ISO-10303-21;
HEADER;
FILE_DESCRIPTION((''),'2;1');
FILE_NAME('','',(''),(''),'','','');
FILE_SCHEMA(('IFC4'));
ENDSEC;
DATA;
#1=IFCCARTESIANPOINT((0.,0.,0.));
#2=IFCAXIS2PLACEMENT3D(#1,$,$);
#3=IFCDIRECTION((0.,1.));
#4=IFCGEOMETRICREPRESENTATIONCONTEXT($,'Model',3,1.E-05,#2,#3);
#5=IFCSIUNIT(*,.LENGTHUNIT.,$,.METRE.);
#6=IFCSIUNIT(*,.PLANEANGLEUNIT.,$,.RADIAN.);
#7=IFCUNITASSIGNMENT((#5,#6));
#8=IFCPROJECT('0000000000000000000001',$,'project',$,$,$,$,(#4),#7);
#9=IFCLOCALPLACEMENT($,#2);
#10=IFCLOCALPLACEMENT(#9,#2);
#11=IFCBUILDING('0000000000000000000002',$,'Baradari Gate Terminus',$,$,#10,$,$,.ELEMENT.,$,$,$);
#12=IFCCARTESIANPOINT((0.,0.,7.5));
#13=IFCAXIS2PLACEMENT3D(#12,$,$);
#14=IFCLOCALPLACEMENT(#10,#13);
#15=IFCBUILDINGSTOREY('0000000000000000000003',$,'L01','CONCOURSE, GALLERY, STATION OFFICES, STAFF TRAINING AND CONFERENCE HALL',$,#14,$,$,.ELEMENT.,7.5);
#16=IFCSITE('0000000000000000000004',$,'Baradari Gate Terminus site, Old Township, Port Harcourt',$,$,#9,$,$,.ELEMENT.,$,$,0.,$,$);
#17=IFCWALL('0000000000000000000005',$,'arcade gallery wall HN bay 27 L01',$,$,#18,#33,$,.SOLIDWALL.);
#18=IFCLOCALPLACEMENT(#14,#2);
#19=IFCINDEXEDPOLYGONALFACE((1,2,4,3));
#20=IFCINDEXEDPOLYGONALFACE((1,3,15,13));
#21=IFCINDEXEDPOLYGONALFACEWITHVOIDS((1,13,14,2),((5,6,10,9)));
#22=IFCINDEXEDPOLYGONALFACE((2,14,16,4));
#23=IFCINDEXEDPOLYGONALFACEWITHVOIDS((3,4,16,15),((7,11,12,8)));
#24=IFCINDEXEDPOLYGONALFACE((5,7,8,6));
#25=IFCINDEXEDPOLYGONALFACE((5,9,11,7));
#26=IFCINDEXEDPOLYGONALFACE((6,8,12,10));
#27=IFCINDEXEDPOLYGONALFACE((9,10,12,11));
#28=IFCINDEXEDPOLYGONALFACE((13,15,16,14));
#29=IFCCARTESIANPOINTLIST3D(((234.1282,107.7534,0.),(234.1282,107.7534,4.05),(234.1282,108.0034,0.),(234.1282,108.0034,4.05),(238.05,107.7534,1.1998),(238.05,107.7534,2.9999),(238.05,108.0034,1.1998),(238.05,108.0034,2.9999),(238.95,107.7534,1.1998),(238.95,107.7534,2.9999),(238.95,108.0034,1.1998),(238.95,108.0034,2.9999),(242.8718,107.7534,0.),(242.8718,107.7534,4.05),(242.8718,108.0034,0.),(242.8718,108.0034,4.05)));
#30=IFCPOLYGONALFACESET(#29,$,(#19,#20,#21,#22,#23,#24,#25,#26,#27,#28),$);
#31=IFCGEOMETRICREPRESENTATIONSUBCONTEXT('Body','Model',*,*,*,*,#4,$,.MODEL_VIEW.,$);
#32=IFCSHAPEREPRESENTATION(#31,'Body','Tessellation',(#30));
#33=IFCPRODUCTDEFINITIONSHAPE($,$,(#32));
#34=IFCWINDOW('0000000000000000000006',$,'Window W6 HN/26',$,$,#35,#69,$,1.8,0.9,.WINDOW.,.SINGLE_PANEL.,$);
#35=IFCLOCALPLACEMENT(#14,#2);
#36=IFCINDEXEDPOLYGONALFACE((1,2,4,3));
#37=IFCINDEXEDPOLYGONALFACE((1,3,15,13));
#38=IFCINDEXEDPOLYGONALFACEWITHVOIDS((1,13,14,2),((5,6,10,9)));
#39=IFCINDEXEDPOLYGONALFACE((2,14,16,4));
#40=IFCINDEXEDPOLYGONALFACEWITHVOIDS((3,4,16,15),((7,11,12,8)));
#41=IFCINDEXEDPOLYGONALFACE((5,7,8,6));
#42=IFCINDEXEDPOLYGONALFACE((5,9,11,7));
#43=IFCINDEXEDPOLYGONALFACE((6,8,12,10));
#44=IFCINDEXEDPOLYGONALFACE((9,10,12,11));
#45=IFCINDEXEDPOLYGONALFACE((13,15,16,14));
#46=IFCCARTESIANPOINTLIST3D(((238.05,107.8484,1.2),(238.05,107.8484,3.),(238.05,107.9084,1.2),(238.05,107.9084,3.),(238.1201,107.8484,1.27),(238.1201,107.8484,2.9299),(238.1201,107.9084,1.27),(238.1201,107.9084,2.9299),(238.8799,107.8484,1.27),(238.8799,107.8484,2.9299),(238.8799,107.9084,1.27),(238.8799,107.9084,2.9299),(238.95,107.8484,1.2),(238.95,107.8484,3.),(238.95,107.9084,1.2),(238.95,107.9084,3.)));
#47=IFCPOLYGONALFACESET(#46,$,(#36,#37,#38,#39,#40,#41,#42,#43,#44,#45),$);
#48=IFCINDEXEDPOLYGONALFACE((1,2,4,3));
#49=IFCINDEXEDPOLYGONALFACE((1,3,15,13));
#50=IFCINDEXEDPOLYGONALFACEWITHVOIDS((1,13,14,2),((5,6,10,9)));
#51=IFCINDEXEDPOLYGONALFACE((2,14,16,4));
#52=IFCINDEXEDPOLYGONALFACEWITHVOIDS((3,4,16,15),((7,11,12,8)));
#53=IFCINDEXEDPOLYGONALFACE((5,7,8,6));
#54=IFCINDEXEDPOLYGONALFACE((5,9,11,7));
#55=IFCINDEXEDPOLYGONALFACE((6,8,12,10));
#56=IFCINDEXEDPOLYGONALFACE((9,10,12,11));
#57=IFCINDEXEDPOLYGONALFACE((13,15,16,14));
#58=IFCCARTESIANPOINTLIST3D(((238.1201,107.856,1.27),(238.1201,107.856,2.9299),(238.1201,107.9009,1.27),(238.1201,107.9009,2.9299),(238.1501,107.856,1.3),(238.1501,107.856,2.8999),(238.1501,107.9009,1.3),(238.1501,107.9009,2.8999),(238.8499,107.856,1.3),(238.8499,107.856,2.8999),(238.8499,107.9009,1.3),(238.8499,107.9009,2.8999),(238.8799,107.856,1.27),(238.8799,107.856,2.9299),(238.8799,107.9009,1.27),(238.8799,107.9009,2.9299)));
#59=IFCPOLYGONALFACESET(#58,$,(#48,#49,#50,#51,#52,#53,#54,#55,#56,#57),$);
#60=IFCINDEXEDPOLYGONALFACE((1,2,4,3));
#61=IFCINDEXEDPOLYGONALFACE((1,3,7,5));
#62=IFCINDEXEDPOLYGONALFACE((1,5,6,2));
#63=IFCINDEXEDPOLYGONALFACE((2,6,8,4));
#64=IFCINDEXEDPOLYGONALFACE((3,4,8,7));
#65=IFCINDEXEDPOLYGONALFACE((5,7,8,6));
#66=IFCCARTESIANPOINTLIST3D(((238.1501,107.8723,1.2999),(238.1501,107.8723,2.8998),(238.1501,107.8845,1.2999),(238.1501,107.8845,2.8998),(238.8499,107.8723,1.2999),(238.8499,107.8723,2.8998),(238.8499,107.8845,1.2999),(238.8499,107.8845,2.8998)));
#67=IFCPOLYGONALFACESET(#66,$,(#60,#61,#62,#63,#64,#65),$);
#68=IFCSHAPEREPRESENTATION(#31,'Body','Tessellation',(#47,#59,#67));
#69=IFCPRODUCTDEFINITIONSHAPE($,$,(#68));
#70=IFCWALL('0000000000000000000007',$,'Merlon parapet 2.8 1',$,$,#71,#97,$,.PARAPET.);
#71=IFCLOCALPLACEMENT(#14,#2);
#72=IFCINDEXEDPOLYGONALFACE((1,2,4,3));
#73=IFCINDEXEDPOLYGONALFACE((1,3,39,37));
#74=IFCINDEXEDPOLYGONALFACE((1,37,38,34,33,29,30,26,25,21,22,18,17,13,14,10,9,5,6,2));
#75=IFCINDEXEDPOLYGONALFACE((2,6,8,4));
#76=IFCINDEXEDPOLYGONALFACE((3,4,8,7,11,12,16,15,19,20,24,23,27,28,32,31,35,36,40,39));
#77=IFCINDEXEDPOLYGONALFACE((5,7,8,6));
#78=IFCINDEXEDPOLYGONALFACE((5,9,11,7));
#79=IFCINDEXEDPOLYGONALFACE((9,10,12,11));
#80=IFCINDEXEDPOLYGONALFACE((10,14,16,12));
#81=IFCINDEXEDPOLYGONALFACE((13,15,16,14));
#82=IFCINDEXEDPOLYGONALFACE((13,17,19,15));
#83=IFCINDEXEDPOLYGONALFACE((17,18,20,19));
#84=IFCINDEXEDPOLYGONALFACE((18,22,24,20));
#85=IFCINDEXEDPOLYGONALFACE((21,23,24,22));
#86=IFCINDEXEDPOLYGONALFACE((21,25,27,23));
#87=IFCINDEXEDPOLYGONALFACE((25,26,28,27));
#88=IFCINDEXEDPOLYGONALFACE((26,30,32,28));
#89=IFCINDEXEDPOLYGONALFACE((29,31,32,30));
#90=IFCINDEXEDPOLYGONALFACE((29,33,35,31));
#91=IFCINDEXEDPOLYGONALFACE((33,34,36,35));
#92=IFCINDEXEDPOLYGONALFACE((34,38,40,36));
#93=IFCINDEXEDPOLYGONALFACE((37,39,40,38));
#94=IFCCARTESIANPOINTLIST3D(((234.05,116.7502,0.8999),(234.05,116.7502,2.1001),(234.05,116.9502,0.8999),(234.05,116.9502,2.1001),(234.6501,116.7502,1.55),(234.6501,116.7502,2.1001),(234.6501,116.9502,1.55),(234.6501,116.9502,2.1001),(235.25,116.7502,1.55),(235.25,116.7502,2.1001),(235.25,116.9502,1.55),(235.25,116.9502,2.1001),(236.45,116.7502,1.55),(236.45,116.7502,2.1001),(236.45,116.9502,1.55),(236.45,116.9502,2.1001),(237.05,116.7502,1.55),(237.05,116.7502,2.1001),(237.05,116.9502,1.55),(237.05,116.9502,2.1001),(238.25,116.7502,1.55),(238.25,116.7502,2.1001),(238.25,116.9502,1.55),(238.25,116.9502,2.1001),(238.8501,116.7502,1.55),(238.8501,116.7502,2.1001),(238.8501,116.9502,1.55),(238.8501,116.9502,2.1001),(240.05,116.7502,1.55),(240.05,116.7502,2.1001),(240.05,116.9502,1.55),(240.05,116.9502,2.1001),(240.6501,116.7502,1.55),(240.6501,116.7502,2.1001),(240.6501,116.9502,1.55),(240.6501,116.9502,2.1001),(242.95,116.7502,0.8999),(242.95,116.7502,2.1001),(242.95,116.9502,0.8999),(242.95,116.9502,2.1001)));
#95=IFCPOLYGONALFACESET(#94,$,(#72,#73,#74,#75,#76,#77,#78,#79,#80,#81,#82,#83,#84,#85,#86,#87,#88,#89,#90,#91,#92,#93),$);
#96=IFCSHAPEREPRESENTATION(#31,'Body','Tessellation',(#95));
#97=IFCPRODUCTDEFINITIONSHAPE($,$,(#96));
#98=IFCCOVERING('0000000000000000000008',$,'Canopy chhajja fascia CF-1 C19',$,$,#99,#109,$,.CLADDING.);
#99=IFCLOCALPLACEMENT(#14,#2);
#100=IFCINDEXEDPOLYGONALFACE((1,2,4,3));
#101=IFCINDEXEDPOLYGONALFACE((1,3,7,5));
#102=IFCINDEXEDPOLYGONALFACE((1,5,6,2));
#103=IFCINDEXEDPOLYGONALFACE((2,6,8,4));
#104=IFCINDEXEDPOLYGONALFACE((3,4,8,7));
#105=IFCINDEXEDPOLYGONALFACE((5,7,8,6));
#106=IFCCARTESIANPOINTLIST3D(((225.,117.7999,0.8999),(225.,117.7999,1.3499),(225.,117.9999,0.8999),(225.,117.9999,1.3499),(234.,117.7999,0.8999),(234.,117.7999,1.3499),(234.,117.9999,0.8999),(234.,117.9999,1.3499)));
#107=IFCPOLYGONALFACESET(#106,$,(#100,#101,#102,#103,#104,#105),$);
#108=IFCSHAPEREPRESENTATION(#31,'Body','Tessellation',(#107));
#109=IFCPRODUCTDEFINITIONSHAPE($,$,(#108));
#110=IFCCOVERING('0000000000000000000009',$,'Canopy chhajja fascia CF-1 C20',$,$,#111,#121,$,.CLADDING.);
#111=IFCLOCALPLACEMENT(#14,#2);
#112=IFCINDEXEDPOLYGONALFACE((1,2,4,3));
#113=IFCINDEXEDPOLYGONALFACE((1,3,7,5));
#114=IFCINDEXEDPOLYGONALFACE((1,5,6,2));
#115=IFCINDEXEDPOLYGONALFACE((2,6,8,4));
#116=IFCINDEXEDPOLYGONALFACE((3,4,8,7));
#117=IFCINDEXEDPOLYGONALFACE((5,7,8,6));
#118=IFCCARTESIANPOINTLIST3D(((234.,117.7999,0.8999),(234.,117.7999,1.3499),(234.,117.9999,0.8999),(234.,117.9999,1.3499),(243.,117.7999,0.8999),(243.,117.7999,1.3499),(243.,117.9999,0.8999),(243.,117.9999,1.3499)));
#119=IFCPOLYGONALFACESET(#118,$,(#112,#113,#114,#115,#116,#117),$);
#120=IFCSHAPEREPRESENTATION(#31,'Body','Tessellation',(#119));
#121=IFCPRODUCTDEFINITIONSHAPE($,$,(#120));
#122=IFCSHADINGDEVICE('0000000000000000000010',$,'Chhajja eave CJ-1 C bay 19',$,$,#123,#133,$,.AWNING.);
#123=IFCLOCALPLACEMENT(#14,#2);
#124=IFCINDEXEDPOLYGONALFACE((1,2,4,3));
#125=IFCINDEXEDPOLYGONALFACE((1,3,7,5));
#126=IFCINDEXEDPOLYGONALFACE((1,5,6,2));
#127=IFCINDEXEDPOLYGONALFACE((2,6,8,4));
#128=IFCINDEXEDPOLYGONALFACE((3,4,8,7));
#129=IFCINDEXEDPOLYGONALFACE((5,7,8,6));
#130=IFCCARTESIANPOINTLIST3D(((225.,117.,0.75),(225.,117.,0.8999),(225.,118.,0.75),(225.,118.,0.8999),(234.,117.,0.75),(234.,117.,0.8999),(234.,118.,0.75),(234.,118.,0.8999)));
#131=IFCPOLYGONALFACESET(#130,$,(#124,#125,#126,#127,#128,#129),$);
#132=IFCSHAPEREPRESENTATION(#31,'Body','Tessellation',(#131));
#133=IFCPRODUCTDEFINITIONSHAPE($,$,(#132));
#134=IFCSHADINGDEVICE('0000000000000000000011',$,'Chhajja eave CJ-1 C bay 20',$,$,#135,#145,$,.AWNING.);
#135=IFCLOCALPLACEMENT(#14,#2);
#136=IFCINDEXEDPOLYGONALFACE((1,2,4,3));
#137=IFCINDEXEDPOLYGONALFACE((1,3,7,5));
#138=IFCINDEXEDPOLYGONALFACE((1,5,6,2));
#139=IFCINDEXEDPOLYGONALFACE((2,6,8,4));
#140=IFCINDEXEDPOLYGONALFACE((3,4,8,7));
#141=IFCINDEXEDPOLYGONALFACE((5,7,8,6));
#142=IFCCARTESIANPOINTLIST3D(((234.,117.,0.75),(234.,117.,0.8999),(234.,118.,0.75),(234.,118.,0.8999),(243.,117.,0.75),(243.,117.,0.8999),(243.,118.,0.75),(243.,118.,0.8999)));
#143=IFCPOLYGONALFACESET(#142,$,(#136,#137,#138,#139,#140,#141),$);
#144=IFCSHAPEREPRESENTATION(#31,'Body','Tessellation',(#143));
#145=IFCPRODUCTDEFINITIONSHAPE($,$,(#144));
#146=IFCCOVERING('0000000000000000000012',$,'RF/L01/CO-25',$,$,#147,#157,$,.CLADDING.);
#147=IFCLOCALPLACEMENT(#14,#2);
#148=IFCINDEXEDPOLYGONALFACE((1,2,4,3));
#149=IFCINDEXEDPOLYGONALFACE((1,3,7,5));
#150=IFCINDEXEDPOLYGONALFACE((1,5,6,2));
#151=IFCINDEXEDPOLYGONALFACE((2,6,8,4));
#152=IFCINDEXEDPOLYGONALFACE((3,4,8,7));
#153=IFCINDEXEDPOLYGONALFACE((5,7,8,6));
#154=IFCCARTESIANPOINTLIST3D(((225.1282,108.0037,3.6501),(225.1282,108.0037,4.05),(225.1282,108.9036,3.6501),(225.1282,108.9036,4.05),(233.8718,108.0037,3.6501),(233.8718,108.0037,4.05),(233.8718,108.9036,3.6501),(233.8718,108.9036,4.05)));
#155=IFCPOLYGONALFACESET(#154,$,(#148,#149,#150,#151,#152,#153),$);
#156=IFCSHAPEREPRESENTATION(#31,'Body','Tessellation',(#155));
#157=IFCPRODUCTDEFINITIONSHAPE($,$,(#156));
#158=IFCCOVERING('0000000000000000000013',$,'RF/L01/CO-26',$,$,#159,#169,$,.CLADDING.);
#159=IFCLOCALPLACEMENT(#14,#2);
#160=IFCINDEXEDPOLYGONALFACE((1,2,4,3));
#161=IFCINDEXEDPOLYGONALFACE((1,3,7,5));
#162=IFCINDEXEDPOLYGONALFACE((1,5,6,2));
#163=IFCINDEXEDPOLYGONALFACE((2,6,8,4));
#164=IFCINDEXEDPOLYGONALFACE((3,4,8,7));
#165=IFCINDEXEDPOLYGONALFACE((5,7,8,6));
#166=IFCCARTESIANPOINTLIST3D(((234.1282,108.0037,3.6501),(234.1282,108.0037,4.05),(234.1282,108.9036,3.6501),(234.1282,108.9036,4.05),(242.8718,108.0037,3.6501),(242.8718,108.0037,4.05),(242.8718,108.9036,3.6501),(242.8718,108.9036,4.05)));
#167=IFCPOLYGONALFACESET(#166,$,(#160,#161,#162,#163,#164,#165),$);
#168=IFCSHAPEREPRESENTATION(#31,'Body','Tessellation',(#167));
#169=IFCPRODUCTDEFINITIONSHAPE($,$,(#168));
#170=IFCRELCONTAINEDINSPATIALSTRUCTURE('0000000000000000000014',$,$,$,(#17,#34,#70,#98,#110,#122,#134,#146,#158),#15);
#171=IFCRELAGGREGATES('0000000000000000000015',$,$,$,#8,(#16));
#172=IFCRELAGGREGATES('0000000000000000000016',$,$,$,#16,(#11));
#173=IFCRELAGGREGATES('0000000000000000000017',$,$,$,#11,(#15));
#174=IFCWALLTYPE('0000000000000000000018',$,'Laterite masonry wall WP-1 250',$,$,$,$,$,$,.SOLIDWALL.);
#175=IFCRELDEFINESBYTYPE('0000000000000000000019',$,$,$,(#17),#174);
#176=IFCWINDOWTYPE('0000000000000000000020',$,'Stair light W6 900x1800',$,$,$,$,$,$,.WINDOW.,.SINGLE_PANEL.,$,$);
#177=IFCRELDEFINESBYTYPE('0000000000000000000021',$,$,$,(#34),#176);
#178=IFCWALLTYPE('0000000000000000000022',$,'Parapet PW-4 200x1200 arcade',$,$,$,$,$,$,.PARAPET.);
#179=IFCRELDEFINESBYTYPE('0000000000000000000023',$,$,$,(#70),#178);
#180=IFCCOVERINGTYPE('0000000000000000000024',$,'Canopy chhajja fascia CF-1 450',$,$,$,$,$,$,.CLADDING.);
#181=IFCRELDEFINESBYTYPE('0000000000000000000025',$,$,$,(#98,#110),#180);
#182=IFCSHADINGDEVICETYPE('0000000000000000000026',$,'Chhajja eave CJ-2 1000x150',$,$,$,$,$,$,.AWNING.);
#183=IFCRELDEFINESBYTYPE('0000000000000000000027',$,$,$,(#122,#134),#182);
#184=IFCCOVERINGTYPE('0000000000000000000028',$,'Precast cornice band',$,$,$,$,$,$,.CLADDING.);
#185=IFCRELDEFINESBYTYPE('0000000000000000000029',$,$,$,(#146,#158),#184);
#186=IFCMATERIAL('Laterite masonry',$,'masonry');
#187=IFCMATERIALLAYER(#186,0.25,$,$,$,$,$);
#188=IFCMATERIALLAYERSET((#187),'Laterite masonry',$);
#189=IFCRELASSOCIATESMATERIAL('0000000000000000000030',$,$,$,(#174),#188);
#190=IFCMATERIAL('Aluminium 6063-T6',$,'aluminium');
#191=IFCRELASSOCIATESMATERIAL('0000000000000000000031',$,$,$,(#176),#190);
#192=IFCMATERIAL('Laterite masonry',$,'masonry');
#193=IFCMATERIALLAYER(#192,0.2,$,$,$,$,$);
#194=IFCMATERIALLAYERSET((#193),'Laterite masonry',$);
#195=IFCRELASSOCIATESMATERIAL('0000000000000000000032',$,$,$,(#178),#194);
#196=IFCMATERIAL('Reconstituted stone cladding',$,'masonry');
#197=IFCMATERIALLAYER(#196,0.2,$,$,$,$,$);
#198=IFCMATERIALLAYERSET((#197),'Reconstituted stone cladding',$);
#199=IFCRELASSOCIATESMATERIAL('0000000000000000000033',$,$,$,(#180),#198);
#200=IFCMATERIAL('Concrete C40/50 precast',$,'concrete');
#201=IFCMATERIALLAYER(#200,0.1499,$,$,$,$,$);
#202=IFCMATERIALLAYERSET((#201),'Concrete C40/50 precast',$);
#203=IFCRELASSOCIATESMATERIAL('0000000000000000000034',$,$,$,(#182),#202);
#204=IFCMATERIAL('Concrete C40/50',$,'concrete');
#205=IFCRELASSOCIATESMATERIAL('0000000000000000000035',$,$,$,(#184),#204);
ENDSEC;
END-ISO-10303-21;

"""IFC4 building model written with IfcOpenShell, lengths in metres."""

from ifc_helpers import new_model, si_unit, direction, frame, frame_2d, origin, origin_2d, place, context, subcontext, project, spatial, polyline, rectangle, outline, extrude, material, layer, layer_set, type_object, element, fill, save


model = new_model("IFC4")

# Units and contexts
model_context = context("Model", 3, precision=1e-05, world=origin(), true_north=direction((0.0, 1.0)))
body_context = subcontext(model_context, "Body", "Model", "MODEL_VIEW")
ifc_project = project(units=[si_unit("LENGTHUNIT", "METRE"), si_unit("PLANEANGLEUNIT", "RADIAN")], contexts=[model_context])

# Site, building, storey
site_placement = place(None, origin())
site = spatial("IfcSite", under=ifc_project, at=site_placement, Name="Baradari Gate Terminus site, Old Township, Port Harcourt", CompositionType="ELEMENT", RefElevation=0.0)
building_placement = place(site_placement, origin())
building = spatial("IfcBuilding", under=site, at=building_placement, Name="Baradari Gate Terminus", CompositionType="ELEMENT")
storey_placement = place(building_placement, frame((0.0, 0.0, 7.5)))
storey = spatial("IfcBuildingStorey", under=building, at=storey_placement, Name="L01", Description="CONCOURSE, GALLERY, STATION OFFICES, STAFF TRAINING AND CONFERENCE HALL", CompositionType="ELEMENT", Elevation=7.5)

# Wall, opening, window
ifc_material_1 = material(Name="Laterite masonry", Category="masonry")
ifc_layer_1 = layer(ifc_material_1, 0.25)
ifc_layer_set_1 = layer_set([ifc_layer_1], Name="Laterite masonry")
wall_type_1 = type_object("IfcWallType", Name="Laterite masonry wall WP-1 250", PredefinedType="SOLIDWALL", material=ifc_layer_set_1)
wall_1_placement = place(storey_placement, frame((234.1282, 107.8784, 0.0), z_axis=(0.0, 0.0, 1.0), x_axis=(1.0, 0.0, 0.0)))
wall_1 = element("IfcWall", 1, at=wall_1_placement, inside=storey, type_object=wall_type_1, Name="arcade gallery wall HN bay 27 L01", PredefinedType="SOLIDWALL", context=body_context, shape_type="SweptSolid", body=[
    extrude(rectangle(XDim=8.7437, YDim=0.25, at=frame_2d((4.3718, 0.0))), origin(), (0.0, 0.0, 1.0), 4.05),
])
opening_placement = place(wall_1_placement, frame((3.9219, 0.0, 1.2)))
opening = element("IfcOpeningElement", 2, at=opening_placement, cuts=wall_1, PredefinedType="OPENING", context=body_context, shape_type="SweptSolid", body=[
    extrude(rectangle(XDim=0.8999, YDim=1.8, at=frame_2d((0.45, 0.8999))), frame((0.0, 0.135, 0.0), z_axis=(0.0, -1.0, 0.0), x_axis=(1.0, 0.0, 0.0)), (0.0, 0.0, 1.0), 0.27),
])
ifc_material_2 = material(Name="Aluminium 6063-T6", Category="aluminium")
window_type = type_object("IfcWindowType", Name="Stair light W6 900x1800", PartitioningType="SINGLE_PANEL", PredefinedType="WINDOW", material=ifc_material_2)
window_placement = place(opening_placement, origin())
window = element("IfcWindow", 3, at=window_placement, inside=storey, type_object=window_type, Name="Window W6 HN/26", OverallHeight=1.8, OverallWidth=0.9, PartitioningType="SINGLE_PANEL", PredefinedType="WINDOW", context=body_context, shape_type="SweptSolid", body=[
    extrude(outline(polyline([(0.0, 0.0), (0.8999, 0.0), (0.8999, 1.8), (0.0, 1.8), (0.0, 0.0)]), holes=[polyline([(0.0701, 0.0701), (0.8298, 0.0701), (0.8298, 1.73), (0.0701, 1.73), (0.0701, 0.0701)])]), frame((0.0, 0.03, 0.0), z_axis=(0.0, -1.0, 0.0), x_axis=(1.0, 0.0, 0.0)), (0.0, 0.0, 1.0), 0.0601),
    extrude(outline(polyline([(0.0701, 0.0701), (0.8298, 0.0701), (0.8298, 1.73), (0.0701, 1.73), (0.0701, 0.0701)]), holes=[polyline([(0.1001, 0.1001), (0.7998, 0.1001), (0.7998, 1.7), (0.1001, 1.7), (0.1001, 0.1001)])]), frame((0.0, 0.0225, 0.0), z_axis=(0.0, -1.0, 0.0), x_axis=(1.0, 0.0, 0.0)), (0.0, 0.0, 1.0), 0.0449),
    extrude(rectangle(XDim=0.6997, YDim=1.5999, at=frame_2d((0.45, 0.8999))), frame((0.0, 0.0061, 0.0), z_axis=(0.0, -1.0, 0.0), x_axis=(1.0, 0.0, 0.0)), (0.0, 0.0, 1.0), 0.0122),
])
fill(opening, window)

# Wall
ifc_material_3 = material(Name="Laterite masonry", Category="masonry")
ifc_layer_2 = layer(ifc_material_3, 0.2)
ifc_layer_set_2 = layer_set([ifc_layer_2], Name="Laterite masonry")
wall_type_2 = type_object("IfcWallType", Name="Parapet PW-4 200x1200 arcade", PredefinedType="PARAPET", material=ifc_layer_set_2)
wall_2_placement = place(storey_placement, frame((234.05, 116.8501, 0.8999), z_axis=(0.0, 0.0, 1.0), x_axis=(1.0, 0.0, 0.0)))
element("IfcWall", 4, at=wall_2_placement, inside=storey, type_object=wall_type_2, Name="Merlon parapet 2.8 1", PredefinedType="PARAPET", context=body_context, shape_type="SweptSolid", body=[
    extrude(outline(polyline([(6.6001, 1.2002), (6.6001, 0.6501), (6.0, 0.6501), (6.0, 1.2002), (4.8, 1.2002), (4.8, 0.6501), (4.2, 0.6501), (4.2, 1.2002), (3.0, 1.2002), (3.0, 0.6501), (2.3999, 0.6501), (2.3999, 1.2002), (1.2, 1.2002), (1.2, 0.6501), (0.6001, 0.6501), (0.6001, 1.2002), (0.0, 1.2002), (0.0, 0.0), (8.8999, 0.0), (8.8999, 1.2002), (6.6001, 1.2002)])), frame((0.0, 0.1001, 0.0), z_axis=(0.0, -1.0, 0.0), x_axis=(1.0, 0.0, 0.0)), (0.0, 0.0, 1.0), 0.2),
])

# Coverings
ifc_material_4 = material(Name="Reconstituted stone cladding", Category="masonry")
ifc_layer_3 = layer(ifc_material_4, 0.2)
ifc_layer_set_3 = layer_set([ifc_layer_3], Name="Reconstituted stone cladding")
covering_type_1 = type_object("IfcCoveringType", Name="Canopy chhajja fascia CF-1 450", PredefinedType="CLADDING", material=ifc_layer_set_3)
for number, where, z_axis, x_axis, name in (
    (5, (229.5, 117.8999, 0.8999), (0.0, 0.0, 1.0), (1.0, 0.0, 0.0), "Canopy chhajja fascia CF-1 C19"),
    (6, (238.5, 117.8999, 0.8999), (0.0, 0.0, 1.0), (1.0, 0.0, 0.0), "Canopy chhajja fascia CF-1 C20"),
):
    element("IfcCovering", number, at=place(storey_placement, frame(where, z_axis=z_axis, x_axis=x_axis)), inside=storey, type_object=covering_type_1, Name=name, PredefinedType="CLADDING", context=body_context, shape_type="SweptSolid", body=[
        extrude(rectangle(XDim=9.0, YDim=0.2, at=origin_2d()), origin(), (0.0, 0.0, 1.0), 0.45),
    ])

# Shading devices
ifc_material_5 = material(Name="Concrete C40/50 precast", Category="concrete")
ifc_layer_4 = layer(ifc_material_5, 0.1499)
ifc_layer_set_4 = layer_set([ifc_layer_4], Name="Concrete C40/50 precast")
shading_device_type = type_object("IfcShadingDeviceType", Name="Chhajja eave CJ-2 1000x150", PredefinedType="AWNING", material=ifc_layer_set_4)
for number, where, z_axis, x_axis, name in (
    (7, (229.5, 117.5, 0.75), (0.0, 0.0, 1.0), (1.0, 0.0, 0.0), "Chhajja eave CJ-1 C bay 19"),
    (8, (238.5, 117.5, 0.75), (0.0, 0.0, 1.0), (1.0, 0.0, 0.0), "Chhajja eave CJ-1 C bay 20"),
):
    element("IfcShadingDevice", number, at=place(storey_placement, frame(where, z_axis=z_axis, x_axis=x_axis)), inside=storey, type_object=shading_device_type, Name=name, PredefinedType="AWNING", context=body_context, shape_type="SweptSolid", body=[
        extrude(rectangle(XDim=9.0, YDim=1.0, at=origin_2d()), origin(), (0.0, 0.0, 1.0), 0.1499),
    ])

# Coverings
ifc_material_6 = material(Name="Concrete C40/50", Category="concrete")
covering_type_2 = type_object("IfcCoveringType", Name="Precast cornice band", PredefinedType="CLADDING", material=ifc_material_6)
for number, where, z_axis, x_axis, name in (
    (9, (229.5, 108.4536, 3.6501), (0.0, 0.0, 1.0), (1.0, 0.0, 0.0), "RF/L01/CO-25"),
    (10, (238.5, 108.4536, 3.6501), (0.0, 0.0, 1.0), (1.0, 0.0, 0.0), "RF/L01/CO-26"),
):
    element("IfcCovering", number, at=place(storey_placement, frame(where, z_axis=z_axis, x_axis=x_axis)), inside=storey, type_object=covering_type_2, Name=name, PredefinedType="CLADDING", context=body_context, shape_type="SweptSolid", body=[
        extrude(rectangle(XDim=8.7437, YDim=0.8999, at=origin_2d()), origin(), (0.0, 0.0, 1.0), 0.3999),
    ])

save(model, "model.ifc")
